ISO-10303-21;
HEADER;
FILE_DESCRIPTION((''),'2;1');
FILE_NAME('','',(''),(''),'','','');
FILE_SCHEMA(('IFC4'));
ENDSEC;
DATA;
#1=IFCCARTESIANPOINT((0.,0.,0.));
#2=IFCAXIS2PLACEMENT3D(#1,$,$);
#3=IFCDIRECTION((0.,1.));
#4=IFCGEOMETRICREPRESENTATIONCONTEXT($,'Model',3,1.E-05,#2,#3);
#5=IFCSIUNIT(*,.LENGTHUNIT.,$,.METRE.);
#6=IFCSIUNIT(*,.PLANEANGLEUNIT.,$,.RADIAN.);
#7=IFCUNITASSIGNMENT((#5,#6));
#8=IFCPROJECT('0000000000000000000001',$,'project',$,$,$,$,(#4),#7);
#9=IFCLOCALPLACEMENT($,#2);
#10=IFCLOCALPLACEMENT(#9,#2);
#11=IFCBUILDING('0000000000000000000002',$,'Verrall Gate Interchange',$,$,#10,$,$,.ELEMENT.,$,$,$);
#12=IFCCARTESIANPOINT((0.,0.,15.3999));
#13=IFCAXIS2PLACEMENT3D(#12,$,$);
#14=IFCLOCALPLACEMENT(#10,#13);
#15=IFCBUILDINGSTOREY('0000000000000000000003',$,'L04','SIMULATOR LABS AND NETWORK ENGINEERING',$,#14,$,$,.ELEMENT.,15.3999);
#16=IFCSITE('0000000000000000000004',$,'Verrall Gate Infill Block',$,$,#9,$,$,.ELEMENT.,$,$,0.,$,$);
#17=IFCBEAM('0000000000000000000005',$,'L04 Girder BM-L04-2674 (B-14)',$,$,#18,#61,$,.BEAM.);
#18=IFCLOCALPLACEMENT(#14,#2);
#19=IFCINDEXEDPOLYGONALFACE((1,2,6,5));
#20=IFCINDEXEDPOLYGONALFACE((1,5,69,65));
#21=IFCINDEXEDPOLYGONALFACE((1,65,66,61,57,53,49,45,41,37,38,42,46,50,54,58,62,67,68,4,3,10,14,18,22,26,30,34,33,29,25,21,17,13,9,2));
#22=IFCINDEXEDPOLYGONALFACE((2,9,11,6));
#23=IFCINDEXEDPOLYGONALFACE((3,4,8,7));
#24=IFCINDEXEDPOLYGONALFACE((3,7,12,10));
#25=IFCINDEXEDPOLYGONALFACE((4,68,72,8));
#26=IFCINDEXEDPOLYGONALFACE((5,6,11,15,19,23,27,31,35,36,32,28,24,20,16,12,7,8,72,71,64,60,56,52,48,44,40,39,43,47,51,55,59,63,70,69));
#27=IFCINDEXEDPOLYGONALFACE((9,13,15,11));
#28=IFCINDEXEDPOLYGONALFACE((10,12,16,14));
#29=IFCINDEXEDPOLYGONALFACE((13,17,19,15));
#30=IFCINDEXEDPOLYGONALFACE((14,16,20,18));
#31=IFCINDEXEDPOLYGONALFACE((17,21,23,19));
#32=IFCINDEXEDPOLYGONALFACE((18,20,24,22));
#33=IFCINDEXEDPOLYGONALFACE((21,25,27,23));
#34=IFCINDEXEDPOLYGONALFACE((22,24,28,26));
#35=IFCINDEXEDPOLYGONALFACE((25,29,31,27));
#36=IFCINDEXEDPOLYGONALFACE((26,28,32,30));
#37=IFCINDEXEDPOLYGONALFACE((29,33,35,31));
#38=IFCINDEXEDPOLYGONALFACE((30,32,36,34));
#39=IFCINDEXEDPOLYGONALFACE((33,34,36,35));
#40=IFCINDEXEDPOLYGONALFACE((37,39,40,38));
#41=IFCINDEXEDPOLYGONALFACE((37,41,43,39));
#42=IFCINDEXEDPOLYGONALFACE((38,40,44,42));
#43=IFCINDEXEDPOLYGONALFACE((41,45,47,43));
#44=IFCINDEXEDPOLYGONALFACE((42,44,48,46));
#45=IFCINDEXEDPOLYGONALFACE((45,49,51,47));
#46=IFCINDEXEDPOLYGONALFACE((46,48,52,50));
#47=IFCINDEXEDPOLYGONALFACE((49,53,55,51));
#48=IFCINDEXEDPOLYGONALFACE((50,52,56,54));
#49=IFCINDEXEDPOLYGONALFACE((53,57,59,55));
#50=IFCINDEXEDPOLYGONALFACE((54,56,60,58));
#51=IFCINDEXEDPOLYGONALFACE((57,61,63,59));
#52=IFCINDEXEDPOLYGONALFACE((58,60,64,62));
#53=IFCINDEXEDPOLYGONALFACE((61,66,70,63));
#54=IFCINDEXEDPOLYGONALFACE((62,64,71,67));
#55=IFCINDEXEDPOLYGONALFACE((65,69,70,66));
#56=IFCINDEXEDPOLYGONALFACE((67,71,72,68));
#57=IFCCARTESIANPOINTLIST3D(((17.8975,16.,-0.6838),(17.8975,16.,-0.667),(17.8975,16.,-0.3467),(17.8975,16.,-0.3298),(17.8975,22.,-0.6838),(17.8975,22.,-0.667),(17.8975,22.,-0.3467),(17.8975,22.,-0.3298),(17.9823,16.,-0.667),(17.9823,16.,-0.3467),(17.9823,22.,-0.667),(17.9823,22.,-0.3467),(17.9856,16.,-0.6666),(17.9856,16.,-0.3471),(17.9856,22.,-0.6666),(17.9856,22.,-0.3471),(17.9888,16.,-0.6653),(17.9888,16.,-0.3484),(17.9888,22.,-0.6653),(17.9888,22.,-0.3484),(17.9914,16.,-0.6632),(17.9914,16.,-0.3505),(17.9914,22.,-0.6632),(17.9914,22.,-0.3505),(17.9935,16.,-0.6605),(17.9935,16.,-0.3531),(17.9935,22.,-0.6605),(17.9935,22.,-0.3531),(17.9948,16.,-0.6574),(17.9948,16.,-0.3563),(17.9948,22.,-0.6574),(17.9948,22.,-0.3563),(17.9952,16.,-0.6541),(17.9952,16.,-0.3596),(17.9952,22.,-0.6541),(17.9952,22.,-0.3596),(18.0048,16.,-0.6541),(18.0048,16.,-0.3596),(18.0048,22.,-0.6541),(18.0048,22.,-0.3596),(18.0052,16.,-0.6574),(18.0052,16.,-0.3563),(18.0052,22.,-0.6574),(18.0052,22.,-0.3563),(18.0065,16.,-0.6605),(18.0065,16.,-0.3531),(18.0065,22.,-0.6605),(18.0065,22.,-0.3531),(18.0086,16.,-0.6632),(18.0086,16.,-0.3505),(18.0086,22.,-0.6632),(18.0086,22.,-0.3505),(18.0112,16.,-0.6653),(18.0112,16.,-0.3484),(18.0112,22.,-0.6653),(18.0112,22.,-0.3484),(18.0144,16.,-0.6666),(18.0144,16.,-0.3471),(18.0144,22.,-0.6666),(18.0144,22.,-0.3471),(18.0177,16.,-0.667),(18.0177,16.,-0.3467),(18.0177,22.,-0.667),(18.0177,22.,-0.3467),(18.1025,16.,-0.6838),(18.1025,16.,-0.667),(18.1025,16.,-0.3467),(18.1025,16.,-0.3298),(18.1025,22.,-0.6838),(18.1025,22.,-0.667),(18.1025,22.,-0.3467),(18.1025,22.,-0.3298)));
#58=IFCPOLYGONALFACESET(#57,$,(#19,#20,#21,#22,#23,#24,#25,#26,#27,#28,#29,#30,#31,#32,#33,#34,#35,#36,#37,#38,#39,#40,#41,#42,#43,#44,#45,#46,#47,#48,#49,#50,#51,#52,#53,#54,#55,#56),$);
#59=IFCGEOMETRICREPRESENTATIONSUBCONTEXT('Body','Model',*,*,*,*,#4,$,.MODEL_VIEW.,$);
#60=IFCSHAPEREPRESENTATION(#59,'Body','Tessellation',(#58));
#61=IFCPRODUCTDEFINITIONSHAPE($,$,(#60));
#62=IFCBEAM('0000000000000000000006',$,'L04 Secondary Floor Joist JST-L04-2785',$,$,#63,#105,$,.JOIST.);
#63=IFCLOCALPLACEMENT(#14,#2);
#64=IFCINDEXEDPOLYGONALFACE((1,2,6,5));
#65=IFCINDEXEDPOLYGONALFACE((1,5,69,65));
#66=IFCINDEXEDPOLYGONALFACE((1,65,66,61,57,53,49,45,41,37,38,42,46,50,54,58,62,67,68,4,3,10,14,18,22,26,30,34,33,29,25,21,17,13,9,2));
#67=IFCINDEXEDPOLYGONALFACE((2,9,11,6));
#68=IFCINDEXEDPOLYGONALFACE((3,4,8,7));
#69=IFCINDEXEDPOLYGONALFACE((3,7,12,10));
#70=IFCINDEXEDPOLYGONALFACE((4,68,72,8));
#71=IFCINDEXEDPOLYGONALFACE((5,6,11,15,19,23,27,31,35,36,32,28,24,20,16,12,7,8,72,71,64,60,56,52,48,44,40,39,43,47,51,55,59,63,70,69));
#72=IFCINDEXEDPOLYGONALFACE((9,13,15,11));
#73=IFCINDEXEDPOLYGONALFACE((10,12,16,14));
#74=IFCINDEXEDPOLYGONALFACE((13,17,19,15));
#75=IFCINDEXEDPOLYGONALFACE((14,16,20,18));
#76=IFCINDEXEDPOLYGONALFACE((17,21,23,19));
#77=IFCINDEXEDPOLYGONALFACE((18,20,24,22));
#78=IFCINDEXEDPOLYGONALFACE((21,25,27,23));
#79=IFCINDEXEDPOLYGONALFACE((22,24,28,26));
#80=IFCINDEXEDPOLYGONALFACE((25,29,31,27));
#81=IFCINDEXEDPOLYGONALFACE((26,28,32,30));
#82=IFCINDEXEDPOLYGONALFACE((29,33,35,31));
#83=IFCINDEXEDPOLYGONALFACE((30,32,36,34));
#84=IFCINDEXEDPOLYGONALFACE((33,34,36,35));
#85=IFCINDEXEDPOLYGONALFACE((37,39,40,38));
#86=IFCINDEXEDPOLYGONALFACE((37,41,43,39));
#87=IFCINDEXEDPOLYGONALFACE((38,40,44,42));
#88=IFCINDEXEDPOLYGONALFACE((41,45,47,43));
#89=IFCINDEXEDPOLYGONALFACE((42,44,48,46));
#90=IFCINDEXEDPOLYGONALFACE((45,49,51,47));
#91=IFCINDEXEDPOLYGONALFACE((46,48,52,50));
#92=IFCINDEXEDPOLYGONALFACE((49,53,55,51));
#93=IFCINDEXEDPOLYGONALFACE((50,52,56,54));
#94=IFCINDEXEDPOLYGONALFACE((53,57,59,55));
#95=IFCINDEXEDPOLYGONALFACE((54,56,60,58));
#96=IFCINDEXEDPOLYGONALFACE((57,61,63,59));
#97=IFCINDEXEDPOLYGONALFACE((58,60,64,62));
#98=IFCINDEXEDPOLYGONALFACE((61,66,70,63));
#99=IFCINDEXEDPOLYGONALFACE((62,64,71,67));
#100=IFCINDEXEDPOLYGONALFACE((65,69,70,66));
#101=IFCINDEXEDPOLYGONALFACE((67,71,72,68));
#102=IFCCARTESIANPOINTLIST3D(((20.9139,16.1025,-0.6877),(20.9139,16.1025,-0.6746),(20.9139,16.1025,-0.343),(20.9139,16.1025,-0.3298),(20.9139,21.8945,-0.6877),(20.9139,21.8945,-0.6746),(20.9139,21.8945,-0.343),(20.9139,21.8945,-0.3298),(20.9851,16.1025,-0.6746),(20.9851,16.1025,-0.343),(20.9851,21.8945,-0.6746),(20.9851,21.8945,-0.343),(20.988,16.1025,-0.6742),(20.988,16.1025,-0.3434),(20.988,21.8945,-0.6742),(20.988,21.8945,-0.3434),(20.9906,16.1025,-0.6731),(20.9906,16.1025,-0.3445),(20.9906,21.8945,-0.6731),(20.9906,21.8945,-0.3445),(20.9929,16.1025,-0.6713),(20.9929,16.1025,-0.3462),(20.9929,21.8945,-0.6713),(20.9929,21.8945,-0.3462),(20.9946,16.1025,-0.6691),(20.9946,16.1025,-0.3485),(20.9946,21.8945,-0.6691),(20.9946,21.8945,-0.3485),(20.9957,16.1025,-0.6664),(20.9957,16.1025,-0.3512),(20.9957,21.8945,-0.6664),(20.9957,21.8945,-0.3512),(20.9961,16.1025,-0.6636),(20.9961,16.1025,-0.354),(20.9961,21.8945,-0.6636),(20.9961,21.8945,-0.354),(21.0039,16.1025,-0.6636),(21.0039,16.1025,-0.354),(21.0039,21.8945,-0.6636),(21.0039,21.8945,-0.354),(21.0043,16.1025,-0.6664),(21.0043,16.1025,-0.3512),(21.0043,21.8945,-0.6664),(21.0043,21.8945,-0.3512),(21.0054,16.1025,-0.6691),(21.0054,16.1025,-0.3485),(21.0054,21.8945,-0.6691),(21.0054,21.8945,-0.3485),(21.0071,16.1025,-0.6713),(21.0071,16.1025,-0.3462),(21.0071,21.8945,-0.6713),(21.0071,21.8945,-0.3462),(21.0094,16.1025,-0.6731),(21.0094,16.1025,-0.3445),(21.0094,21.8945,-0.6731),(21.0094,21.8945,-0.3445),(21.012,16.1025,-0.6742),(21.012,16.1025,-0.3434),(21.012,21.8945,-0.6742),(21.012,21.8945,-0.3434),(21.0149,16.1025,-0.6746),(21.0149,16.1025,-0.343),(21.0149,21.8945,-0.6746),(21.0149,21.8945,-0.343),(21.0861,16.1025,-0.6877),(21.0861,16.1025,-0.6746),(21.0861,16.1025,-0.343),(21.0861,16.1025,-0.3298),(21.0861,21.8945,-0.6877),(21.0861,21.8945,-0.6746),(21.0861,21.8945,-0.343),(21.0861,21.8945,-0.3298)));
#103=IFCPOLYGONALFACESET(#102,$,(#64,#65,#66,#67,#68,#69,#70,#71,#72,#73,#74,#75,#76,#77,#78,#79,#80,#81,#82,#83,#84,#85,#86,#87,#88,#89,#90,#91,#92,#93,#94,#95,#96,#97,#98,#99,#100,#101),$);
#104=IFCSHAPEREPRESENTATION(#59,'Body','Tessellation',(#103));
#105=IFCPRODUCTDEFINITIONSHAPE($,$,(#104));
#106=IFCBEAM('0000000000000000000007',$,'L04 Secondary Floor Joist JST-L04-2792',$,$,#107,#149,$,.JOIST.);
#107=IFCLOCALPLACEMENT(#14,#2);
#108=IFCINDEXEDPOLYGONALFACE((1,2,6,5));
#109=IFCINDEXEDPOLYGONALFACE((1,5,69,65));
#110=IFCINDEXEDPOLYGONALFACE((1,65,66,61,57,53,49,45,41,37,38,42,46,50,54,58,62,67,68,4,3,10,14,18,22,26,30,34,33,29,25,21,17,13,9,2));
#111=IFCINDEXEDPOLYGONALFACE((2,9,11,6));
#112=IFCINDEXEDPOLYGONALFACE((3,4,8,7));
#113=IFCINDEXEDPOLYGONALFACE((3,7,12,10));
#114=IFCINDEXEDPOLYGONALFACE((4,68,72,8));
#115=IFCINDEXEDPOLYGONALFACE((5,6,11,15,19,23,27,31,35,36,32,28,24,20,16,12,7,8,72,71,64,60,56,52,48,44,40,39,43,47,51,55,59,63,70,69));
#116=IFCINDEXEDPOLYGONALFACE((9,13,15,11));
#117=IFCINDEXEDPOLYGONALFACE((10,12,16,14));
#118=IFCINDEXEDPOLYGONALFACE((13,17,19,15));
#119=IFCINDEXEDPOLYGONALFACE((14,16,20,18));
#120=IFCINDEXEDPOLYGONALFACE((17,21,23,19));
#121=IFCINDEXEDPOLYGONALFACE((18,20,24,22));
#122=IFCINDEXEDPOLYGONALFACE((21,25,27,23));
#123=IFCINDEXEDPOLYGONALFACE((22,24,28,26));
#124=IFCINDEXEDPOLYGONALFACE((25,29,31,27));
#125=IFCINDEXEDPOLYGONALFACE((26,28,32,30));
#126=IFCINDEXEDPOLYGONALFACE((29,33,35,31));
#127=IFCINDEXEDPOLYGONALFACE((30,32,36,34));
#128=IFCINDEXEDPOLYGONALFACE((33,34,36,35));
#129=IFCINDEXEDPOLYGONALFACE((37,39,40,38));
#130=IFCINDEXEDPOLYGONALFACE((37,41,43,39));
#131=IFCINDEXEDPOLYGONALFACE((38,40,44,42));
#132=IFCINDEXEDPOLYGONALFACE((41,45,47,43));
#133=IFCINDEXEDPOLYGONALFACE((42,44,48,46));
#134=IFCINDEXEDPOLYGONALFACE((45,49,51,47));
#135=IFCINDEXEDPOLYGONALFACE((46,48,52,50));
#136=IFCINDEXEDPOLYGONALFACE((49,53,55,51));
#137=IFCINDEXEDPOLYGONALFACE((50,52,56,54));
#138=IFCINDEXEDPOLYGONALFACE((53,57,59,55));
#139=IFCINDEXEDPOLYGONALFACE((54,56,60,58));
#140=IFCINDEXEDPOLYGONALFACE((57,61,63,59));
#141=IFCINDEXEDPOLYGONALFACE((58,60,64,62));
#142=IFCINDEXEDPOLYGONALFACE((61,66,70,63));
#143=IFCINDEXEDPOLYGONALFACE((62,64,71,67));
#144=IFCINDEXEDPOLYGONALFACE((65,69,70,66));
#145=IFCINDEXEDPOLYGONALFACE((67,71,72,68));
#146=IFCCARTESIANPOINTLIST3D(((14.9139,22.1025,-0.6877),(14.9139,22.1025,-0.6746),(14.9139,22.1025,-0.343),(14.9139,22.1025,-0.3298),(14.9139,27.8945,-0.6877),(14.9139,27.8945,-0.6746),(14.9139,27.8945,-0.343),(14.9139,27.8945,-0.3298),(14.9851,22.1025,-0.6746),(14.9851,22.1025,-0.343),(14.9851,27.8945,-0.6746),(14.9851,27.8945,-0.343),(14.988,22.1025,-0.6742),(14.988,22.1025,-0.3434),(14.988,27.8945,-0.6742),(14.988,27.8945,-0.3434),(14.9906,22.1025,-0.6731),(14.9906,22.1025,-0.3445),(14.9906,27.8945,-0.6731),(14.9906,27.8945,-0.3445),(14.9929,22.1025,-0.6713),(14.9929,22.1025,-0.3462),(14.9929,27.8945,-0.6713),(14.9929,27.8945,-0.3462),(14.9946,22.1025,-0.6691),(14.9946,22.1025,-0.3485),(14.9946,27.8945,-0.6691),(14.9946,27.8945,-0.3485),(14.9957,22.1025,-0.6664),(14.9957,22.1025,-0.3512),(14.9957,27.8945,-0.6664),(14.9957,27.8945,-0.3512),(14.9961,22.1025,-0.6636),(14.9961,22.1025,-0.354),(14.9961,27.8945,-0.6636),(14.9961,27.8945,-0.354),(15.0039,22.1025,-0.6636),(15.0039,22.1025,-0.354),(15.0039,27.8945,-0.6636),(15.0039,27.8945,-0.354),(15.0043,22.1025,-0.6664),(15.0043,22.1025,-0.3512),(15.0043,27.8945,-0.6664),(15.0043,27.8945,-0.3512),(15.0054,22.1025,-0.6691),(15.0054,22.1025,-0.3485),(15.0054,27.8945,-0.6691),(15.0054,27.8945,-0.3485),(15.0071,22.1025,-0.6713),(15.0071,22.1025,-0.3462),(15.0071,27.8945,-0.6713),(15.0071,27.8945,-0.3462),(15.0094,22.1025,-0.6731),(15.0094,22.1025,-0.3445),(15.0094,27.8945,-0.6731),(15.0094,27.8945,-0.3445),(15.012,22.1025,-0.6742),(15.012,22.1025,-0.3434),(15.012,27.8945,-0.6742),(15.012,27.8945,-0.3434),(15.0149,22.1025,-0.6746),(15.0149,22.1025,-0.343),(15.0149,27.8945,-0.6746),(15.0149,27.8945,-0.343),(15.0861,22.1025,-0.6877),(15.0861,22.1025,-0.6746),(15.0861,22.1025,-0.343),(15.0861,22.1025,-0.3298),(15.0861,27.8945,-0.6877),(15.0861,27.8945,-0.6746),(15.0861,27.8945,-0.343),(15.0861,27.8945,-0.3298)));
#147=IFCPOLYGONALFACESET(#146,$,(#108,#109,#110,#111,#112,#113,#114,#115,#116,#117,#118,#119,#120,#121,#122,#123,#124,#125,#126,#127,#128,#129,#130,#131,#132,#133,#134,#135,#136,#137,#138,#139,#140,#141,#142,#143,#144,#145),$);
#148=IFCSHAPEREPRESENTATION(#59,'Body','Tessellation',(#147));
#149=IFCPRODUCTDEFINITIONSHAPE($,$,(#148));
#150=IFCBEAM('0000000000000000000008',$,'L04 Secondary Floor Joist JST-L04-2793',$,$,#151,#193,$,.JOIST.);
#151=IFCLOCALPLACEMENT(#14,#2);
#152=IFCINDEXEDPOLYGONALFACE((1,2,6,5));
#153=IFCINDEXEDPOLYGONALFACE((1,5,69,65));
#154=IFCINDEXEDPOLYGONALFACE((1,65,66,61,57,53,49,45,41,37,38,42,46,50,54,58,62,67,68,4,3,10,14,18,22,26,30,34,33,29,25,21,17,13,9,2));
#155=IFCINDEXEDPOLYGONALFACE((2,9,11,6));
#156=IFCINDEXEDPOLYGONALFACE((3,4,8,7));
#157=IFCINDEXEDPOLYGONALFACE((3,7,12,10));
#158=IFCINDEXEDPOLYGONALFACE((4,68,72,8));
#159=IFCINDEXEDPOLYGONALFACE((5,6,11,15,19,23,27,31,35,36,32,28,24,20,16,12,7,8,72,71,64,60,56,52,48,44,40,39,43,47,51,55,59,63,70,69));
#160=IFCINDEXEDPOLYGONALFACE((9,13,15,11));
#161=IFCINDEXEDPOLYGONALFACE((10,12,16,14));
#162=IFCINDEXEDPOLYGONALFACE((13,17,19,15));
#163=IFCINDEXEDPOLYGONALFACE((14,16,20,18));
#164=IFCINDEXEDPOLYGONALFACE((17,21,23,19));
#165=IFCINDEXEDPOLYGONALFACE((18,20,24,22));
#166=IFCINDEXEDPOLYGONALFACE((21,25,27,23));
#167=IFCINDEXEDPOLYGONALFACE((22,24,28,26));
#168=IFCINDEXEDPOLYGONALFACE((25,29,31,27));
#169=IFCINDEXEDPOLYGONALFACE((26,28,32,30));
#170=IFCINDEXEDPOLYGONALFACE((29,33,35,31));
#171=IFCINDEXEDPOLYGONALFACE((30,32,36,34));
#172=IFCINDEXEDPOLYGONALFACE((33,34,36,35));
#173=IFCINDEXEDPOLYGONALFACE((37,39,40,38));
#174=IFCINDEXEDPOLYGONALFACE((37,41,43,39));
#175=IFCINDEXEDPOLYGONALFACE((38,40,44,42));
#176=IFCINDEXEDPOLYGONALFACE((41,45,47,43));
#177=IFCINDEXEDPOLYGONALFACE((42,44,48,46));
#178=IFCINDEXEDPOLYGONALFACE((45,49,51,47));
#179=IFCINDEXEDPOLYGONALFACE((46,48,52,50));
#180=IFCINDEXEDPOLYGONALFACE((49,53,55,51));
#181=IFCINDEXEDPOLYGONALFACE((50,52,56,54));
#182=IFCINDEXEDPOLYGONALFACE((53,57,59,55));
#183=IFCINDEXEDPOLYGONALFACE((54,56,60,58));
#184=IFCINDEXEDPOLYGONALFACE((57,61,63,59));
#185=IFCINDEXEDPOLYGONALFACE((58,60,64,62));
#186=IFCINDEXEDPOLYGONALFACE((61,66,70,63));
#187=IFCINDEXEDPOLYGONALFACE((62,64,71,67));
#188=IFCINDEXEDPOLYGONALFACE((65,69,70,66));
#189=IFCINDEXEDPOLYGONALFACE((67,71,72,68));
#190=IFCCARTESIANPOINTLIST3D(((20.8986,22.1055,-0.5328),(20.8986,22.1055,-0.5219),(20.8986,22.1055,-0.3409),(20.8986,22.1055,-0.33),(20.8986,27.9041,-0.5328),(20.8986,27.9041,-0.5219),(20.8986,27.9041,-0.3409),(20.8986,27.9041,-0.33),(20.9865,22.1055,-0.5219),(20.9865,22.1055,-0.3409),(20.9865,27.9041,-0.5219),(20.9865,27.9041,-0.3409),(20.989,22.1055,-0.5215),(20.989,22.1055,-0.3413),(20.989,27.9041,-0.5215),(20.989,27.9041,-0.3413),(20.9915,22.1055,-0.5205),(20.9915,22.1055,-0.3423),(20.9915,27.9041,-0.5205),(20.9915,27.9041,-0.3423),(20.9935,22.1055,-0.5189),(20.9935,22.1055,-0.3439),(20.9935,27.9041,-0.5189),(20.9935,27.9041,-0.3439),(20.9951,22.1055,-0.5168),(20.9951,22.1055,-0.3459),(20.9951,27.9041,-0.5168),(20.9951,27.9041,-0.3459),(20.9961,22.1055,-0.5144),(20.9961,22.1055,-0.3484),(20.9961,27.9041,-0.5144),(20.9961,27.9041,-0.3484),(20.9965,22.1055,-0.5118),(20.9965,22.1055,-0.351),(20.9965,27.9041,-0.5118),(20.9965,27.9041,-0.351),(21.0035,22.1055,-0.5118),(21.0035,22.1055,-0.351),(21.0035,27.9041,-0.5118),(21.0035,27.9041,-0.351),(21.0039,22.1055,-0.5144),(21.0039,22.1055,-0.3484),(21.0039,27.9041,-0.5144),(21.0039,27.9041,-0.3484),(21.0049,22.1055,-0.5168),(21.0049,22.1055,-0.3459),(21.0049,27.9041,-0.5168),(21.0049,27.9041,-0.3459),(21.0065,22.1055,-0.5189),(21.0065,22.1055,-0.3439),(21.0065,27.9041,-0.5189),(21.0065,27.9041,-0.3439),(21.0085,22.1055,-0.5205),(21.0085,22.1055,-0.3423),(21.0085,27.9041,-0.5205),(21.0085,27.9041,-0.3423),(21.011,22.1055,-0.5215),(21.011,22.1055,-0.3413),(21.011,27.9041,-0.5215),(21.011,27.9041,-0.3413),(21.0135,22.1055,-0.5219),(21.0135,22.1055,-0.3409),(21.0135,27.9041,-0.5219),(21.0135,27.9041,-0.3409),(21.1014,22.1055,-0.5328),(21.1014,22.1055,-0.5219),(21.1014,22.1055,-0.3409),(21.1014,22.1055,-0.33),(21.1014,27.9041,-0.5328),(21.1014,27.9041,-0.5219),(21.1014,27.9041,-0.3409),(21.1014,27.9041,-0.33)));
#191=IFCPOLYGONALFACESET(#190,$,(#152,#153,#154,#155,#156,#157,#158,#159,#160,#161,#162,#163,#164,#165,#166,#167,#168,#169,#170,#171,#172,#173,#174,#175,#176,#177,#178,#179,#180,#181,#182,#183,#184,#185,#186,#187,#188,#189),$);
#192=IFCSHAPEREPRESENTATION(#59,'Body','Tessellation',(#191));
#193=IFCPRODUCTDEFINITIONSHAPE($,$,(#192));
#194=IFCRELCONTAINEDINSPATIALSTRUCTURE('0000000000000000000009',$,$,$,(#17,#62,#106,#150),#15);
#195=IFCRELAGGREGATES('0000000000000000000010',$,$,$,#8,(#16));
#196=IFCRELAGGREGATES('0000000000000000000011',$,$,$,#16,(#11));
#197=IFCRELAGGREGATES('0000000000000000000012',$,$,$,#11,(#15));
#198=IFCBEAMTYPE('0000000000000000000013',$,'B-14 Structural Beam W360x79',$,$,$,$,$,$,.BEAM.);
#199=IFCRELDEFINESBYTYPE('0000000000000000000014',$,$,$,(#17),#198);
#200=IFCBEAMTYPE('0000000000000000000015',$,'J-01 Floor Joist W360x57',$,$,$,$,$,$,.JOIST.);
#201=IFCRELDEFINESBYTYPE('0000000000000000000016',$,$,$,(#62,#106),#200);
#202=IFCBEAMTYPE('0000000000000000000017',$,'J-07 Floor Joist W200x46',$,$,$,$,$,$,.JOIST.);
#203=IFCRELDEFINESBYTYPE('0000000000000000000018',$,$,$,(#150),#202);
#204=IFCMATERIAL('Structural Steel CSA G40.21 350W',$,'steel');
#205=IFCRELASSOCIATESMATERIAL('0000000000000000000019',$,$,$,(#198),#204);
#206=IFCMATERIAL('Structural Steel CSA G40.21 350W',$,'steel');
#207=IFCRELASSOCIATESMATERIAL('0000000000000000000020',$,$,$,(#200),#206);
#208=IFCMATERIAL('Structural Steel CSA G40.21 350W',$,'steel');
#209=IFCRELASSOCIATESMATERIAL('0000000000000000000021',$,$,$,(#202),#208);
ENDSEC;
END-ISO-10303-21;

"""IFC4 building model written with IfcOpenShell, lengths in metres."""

from ifc_helpers import new_model, si_unit, direction, frame, origin, origin_2d, place, context, subcontext, project, spatial, i_section, extrude, material, material_profile, profile_set, type_object, element, save


model = new_model("IFC4")

# Units and contexts
model_context = context("Model", 3, precision=1e-05, world=origin(), true_north=direction((0.0, 1.0)))
body_context = subcontext(model_context, "Body", "Model", "MODEL_VIEW")
ifc_project = project(units=[si_unit("LENGTHUNIT", "METRE"), si_unit("PLANEANGLEUNIT", "RADIAN")], contexts=[model_context])

# Site, building, storey
site_placement = place(None, origin())
site = spatial("IfcSite", under=ifc_project, at=site_placement, Name="Verrall Gate Infill Block", CompositionType="ELEMENT", RefElevation=0.0)
building_placement = place(site_placement, origin())
building = spatial("IfcBuilding", under=site, at=building_placement, Name="Verrall Gate Interchange", CompositionType="ELEMENT")
storey_placement = place(building_placement, frame((0.0, 0.0, 15.3999)))
storey = spatial("IfcBuildingStorey", under=building, at=storey_placement, Name="L04", Description="SIMULATOR LABS AND NETWORK ENGINEERING", CompositionType="ELEMENT", Elevation=15.3999)

# Beams
ifc_material_1 = material(Name="Structural Steel CSA G40.21 350W", Category="steel")
ifc_material_profile_1 = material_profile(ifc_material_1, i_section(OverallWidth=0.2051, OverallDepth=0.354, WebThickness=0.0095, FlangeThickness=0.0168, FilletRadius=0.0129, at=origin_2d()), Name="W360x79")
ifc_profile_set_1 = profile_set([ifc_material_profile_1], Name="Structural Steel CSA G40.21 350W")
beam_type_1 = type_object("IfcBeamType", Name="B-14 Structural Beam W360x79", PredefinedType="BEAM", material=ifc_profile_set_1)
for number, where, z_axis, x_axis, name in (
    (1, (18.0, 16.0, -0.5068), (0.0, 1.0, 0.0), (-1.0, 0.0, 0.0), "L04 Girder BM-L04-2674 (B-14)"),
):
    element("IfcBeam", number, at=place(storey_placement, frame(where, z_axis=z_axis, x_axis=x_axis)), inside=storey, type_object=beam_type_1, Name=name, PredefinedType="BEAM", context=body_context, shape_type="SweptSolid", body=[
        extrude(i_section(OverallWidth=0.2051, OverallDepth=0.354, WebThickness=0.0095, FlangeThickness=0.0168, FilletRadius=0.0129, at=origin_2d()), origin(), (0.0, 0.0, 1.0), 6.0),
    ])
ifc_material_2 = material(Name="Structural Steel CSA G40.21 350W", Category="steel")
ifc_material_profile_2 = material_profile(ifc_material_2, i_section(OverallWidth=0.1721, OverallDepth=0.3579, WebThickness=0.0078, FlangeThickness=0.0132, FilletRadius=0.011, at=origin_2d()), Name="W360x57")
ifc_profile_set_2 = profile_set([ifc_material_profile_2], Name="Structural Steel CSA G40.21 350W")
beam_type_2 = type_object("IfcBeamType", Name="J-01 Floor Joist W360x57", PredefinedType="JOIST", material=ifc_profile_set_2)
for number, where, z_axis, x_axis, name in (
    (2, (21.0, 16.1025, -0.5088), (0.0, 1.0, 0.0), (-1.0, 0.0, 0.0), "L04 Secondary Floor Joist JST-L04-2785"),
    (3, (15.0, 22.1025, -0.5088), (0.0, 1.0, 0.0), (-1.0, 0.0, 0.0), "L04 Secondary Floor Joist JST-L04-2792"),
):
    element("IfcBeam", number, at=place(storey_placement, frame(where, z_axis=z_axis, x_axis=x_axis)), inside=storey, type_object=beam_type_2, Name=name, PredefinedType="JOIST", context=body_context, shape_type="SweptSolid", body=[
        extrude(i_section(OverallWidth=0.1721, OverallDepth=0.3579, WebThickness=0.0078, FlangeThickness=0.0132, FilletRadius=0.011, at=origin_2d()), origin(), (0.0, 0.0, 1.0), 5.792),
    ])
ifc_material_3 = material(Name="Structural Steel CSA G40.21 350W", Category="steel")
ifc_material_profile_3 = material_profile(ifc_material_3, i_section(OverallWidth=0.2029, OverallDepth=0.2029, WebThickness=0.0071, FlangeThickness=0.011, FilletRadius=0.01, at=origin_2d()), Name="W200x46")
ifc_profile_set_3 = profile_set([ifc_material_profile_3], Name="Structural Steel CSA G40.21 350W")
beam_type_3 = type_object("IfcBeamType", Name="J-07 Floor Joist W200x46", PredefinedType="JOIST", material=ifc_profile_set_3)
beam_placement = place(storey_placement, frame((21.0, 22.1055, -0.4314), z_axis=(0.0, 1.0, 0.0), x_axis=(-1.0, 0.0, 0.0)))
element("IfcBeam", 4, at=beam_placement, inside=storey, type_object=beam_type_3, Name="L04 Secondary Floor Joist JST-L04-2793", PredefinedType="JOIST", context=body_context, shape_type="SweptSolid", body=[
    extrude(i_section(OverallWidth=0.2029, OverallDepth=0.2029, WebThickness=0.0071, FlangeThickness=0.011, FilletRadius=0.01, at=origin_2d()), origin(), (0.0, 0.0, 1.0), 5.7986),
])

save(model, "model.ifc")
